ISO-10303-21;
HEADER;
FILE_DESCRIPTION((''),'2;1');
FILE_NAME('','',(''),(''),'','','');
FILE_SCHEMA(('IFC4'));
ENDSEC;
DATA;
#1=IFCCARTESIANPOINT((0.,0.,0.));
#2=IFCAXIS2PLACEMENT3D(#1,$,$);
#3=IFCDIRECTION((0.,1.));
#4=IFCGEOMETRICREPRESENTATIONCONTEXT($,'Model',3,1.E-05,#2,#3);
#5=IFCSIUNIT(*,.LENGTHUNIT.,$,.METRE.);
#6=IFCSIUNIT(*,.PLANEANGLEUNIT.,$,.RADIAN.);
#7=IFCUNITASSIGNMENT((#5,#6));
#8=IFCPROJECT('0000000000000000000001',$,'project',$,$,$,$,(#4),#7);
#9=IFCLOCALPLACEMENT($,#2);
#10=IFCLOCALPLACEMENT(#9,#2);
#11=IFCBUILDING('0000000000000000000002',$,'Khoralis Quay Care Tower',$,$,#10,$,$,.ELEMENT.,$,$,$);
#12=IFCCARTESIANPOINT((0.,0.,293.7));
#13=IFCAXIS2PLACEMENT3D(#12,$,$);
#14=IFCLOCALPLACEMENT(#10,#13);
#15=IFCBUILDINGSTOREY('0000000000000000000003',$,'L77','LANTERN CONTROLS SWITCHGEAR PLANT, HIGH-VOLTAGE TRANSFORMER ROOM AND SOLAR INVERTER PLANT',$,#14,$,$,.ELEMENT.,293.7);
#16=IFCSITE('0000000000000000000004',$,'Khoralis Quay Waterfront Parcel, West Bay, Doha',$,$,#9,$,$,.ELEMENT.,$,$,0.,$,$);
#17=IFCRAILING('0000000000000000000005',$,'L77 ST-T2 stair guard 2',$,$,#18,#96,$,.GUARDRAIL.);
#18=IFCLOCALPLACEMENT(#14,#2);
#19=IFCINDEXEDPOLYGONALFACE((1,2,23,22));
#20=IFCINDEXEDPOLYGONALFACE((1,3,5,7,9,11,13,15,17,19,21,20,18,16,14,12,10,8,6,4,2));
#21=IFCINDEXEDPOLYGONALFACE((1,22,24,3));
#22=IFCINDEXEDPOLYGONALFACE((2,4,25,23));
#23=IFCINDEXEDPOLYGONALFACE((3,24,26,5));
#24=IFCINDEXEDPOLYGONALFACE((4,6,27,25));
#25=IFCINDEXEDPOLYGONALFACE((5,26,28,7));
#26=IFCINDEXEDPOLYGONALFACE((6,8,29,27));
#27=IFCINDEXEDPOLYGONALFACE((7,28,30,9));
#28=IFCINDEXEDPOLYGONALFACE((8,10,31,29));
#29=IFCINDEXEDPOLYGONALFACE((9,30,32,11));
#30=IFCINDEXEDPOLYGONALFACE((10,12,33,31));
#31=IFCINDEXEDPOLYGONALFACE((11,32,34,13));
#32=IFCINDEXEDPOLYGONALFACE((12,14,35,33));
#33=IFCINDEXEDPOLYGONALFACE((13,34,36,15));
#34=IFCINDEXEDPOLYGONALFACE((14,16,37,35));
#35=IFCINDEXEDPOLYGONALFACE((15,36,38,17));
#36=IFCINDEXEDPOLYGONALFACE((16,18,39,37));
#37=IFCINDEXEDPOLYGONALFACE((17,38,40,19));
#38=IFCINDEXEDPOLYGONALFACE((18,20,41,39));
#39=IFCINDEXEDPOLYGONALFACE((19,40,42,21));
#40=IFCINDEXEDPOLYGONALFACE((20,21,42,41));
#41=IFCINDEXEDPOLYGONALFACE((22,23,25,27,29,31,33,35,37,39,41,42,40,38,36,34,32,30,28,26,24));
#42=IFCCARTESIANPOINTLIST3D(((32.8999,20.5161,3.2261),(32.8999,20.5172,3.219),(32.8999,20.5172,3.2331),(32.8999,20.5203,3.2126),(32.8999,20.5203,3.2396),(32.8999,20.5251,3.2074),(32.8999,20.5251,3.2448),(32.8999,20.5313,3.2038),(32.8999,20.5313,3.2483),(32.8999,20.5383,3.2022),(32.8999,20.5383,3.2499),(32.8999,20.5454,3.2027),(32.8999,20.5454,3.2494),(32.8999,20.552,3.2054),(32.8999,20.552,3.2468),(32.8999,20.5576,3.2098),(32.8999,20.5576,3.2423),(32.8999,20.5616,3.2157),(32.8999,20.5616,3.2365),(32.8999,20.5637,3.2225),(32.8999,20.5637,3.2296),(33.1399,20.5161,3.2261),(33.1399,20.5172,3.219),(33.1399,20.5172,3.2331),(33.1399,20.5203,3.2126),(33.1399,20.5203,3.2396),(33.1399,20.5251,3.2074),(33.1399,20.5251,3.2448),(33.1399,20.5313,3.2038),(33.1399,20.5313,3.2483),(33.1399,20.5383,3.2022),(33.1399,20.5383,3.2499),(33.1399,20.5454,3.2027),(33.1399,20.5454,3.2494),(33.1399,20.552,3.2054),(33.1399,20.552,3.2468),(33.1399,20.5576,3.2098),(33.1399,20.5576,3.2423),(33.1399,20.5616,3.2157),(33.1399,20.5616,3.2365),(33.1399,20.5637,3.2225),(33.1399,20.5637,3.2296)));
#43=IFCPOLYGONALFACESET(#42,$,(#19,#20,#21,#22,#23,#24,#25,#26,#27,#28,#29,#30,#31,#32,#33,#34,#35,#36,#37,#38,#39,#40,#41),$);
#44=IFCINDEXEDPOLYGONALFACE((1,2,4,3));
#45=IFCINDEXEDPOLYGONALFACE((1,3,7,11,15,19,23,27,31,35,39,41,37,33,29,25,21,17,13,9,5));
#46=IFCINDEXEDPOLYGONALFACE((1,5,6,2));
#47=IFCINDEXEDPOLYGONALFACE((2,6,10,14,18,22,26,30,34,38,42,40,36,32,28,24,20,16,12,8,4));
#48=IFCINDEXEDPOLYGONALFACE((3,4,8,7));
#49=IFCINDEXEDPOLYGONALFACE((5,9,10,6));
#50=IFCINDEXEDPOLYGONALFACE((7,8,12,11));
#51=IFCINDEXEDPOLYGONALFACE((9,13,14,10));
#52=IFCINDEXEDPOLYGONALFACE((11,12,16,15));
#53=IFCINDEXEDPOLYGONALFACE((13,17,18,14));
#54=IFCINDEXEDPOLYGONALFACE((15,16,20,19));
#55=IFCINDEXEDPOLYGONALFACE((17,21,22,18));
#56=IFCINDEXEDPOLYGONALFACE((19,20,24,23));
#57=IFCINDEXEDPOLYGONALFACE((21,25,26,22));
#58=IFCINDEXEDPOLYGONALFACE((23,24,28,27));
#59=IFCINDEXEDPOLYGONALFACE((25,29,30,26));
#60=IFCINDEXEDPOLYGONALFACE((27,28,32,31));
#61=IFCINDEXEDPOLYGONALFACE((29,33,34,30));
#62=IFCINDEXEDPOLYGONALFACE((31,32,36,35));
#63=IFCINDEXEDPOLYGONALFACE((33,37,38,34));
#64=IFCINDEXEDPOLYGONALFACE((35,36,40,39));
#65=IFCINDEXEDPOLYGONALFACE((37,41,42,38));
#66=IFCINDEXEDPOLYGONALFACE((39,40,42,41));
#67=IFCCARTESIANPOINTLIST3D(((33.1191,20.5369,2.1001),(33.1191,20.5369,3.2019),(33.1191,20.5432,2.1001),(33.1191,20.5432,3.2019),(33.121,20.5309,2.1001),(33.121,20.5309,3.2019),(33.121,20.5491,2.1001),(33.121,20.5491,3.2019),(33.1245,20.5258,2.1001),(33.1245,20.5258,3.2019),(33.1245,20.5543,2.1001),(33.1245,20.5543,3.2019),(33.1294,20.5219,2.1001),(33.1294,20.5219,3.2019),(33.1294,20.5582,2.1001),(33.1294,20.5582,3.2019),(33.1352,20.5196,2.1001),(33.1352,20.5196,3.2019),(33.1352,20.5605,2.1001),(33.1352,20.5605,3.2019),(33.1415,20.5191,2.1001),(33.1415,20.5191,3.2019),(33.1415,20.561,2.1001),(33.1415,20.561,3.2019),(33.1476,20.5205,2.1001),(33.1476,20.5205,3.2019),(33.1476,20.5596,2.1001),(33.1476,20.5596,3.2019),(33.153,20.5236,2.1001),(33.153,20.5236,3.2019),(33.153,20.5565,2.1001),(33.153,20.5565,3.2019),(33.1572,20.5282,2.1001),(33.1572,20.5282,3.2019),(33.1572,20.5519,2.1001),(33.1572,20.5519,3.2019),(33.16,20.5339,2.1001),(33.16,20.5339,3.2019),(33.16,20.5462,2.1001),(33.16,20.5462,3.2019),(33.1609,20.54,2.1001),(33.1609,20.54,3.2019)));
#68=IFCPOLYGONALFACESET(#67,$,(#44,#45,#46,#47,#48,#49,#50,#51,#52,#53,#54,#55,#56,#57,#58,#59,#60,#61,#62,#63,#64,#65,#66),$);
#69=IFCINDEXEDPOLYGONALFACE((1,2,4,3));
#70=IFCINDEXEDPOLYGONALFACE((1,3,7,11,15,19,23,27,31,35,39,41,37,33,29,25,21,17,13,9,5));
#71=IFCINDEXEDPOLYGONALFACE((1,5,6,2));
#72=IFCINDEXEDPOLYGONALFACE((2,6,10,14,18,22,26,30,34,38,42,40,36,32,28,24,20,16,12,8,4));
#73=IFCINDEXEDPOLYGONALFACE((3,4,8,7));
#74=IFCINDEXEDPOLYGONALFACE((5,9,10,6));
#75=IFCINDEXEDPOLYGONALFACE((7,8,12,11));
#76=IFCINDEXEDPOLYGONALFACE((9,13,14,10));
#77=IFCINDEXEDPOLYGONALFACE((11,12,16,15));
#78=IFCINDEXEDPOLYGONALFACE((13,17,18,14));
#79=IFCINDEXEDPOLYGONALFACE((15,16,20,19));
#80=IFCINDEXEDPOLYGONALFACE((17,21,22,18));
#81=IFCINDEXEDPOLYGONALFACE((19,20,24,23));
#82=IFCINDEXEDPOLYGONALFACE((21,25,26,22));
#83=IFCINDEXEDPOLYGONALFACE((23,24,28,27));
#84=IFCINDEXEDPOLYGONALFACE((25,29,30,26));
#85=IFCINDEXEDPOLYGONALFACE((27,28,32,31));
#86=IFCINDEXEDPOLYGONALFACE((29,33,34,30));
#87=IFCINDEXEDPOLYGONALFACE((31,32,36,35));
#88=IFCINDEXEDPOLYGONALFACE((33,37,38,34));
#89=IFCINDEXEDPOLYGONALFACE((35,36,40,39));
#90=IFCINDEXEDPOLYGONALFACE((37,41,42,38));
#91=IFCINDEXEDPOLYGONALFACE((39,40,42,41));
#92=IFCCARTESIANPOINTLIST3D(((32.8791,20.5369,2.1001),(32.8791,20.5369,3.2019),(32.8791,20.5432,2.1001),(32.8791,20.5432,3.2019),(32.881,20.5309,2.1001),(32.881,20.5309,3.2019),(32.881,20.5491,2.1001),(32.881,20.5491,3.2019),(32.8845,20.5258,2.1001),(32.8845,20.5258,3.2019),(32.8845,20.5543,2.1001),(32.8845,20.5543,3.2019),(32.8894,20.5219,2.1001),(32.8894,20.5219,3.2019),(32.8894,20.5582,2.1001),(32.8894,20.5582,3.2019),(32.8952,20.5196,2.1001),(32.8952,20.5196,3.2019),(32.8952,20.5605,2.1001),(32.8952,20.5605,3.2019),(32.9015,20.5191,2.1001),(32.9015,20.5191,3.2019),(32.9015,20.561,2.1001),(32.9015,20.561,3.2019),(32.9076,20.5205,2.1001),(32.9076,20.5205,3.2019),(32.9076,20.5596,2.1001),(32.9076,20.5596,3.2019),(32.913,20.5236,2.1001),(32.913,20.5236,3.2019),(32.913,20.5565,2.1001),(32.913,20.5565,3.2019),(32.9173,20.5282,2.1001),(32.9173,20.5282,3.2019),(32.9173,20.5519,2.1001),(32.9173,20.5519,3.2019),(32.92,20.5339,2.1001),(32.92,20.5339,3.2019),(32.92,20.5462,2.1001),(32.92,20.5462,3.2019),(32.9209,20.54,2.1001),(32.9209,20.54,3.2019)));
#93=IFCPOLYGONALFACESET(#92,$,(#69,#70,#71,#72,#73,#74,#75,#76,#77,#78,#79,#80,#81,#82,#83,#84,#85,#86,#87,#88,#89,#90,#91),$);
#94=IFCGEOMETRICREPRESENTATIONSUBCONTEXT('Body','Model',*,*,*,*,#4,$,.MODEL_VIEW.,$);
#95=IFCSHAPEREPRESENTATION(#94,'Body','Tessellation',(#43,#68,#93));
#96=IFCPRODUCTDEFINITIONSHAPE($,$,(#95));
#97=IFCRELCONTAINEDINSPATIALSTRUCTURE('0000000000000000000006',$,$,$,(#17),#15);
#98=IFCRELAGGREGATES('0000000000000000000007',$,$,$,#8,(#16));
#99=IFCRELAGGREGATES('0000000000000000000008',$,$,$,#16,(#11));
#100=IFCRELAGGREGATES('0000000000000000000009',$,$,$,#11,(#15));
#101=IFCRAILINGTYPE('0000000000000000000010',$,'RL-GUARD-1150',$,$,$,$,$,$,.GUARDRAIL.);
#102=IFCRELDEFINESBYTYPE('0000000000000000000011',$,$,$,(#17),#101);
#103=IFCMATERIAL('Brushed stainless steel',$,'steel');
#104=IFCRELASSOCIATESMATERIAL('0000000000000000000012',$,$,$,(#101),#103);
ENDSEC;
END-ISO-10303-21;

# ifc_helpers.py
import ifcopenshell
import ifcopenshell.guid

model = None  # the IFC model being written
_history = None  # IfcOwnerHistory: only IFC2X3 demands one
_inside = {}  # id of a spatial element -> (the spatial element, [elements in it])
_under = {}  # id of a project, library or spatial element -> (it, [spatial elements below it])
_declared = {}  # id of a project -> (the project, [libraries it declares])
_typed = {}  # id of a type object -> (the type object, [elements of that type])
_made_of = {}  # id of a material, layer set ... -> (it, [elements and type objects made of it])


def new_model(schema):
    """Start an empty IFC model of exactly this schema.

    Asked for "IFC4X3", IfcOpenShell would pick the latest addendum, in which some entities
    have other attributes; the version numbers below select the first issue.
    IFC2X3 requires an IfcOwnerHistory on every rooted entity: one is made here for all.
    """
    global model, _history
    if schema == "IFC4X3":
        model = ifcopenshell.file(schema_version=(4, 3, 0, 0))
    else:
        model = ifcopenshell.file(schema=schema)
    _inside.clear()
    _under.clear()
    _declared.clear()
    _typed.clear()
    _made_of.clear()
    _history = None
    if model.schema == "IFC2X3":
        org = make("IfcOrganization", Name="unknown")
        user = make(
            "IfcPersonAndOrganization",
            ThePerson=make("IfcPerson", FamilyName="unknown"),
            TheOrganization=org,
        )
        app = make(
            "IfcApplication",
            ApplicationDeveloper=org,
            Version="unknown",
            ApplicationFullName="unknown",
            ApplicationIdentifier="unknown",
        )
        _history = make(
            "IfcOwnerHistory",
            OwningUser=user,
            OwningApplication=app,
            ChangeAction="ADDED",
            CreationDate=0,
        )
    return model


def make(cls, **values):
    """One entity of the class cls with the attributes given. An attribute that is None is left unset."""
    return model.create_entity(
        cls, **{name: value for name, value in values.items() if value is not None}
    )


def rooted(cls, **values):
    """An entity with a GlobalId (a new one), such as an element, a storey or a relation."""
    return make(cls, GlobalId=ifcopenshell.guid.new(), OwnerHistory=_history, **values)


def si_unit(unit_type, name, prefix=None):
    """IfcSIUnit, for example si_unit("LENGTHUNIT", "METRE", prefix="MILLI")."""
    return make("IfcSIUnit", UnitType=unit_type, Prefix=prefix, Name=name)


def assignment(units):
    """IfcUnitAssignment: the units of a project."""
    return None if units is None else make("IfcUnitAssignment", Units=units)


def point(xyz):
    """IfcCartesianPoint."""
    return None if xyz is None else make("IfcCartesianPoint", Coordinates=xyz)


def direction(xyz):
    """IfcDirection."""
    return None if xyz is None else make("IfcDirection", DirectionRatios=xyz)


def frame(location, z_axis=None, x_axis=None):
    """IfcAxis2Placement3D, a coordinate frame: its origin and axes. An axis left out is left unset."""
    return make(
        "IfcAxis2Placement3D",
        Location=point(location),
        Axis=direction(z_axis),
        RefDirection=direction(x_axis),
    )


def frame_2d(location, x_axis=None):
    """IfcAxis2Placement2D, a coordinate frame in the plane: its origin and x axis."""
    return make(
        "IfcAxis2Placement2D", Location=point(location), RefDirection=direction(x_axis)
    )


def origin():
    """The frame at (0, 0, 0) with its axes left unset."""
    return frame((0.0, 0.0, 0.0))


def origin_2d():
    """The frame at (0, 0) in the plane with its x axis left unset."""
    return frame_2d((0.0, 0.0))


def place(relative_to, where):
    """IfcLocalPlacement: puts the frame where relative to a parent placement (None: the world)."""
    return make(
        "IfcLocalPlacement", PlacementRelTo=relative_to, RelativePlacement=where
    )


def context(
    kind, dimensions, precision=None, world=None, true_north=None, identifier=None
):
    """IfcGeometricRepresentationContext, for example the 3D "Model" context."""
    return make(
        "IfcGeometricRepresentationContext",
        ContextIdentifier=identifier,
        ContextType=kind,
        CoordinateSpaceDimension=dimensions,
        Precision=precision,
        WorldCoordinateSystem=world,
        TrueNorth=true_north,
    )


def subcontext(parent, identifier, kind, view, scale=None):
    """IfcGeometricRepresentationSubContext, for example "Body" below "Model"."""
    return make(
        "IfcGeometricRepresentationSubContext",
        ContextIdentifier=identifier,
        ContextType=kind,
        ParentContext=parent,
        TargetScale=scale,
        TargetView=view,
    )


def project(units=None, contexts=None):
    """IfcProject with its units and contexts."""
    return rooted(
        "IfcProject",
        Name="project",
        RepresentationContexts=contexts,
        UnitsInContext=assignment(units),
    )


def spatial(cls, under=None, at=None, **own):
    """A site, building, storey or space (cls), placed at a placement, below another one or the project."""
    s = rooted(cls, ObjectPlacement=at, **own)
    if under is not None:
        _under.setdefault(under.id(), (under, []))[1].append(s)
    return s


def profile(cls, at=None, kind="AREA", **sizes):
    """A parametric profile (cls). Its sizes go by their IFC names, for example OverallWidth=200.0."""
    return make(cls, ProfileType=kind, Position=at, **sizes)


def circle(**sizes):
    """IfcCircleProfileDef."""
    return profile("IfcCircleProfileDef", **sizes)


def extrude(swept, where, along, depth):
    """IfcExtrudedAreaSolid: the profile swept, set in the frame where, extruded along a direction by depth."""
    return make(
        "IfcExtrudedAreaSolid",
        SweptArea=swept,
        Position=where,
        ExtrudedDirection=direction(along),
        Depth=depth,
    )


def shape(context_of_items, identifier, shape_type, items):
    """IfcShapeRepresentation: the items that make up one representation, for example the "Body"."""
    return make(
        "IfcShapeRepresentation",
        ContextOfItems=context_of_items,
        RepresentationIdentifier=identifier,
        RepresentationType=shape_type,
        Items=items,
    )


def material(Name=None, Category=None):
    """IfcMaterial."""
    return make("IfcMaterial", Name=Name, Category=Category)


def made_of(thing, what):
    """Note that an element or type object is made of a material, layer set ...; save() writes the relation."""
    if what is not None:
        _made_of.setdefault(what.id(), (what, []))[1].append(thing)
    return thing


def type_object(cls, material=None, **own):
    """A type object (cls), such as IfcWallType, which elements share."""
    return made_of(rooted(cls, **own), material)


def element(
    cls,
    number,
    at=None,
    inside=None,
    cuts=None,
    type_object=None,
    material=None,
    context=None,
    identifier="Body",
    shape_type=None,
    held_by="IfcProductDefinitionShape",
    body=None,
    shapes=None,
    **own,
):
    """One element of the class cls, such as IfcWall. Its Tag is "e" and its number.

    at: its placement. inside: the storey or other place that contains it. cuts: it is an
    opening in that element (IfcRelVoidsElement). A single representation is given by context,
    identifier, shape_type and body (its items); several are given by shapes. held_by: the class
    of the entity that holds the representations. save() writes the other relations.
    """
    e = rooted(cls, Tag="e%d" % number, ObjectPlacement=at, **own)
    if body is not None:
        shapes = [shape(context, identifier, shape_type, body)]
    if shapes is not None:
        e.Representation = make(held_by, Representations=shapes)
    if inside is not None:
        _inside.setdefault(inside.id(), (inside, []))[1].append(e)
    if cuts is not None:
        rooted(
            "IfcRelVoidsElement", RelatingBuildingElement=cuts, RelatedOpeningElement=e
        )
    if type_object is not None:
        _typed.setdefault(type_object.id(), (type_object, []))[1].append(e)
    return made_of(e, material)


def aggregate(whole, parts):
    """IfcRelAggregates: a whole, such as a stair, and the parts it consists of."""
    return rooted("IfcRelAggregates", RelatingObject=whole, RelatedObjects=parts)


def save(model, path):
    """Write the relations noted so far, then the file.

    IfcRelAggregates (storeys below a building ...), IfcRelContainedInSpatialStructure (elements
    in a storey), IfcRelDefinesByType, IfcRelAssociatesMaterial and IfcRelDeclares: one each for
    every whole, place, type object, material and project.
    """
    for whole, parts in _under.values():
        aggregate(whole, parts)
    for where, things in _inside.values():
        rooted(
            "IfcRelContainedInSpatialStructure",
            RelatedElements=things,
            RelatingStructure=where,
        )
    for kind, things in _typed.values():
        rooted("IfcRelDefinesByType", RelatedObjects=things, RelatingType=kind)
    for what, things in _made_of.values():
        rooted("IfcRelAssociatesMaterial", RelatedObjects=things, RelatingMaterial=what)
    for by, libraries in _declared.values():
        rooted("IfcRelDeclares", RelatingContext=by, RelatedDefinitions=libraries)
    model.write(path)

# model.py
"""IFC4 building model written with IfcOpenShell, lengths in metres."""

from ifc_helpers import new_model, si_unit, direction, frame, origin, origin_2d, place, context, subcontext, project, spatial, circle, extrude, material, type_object, element, save


model = new_model("IFC4")

# Units and contexts
model_context = context("Model", 3, precision=1e-05, world=origin(), true_north=direction((0.0, 1.0)))
body_context = subcontext(model_context, "Body", "Model", "MODEL_VIEW")
ifc_project = project(units=[si_unit("LENGTHUNIT", "METRE"), si_unit("PLANEANGLEUNIT", "RADIAN")], contexts=[model_context])

# Site, building, storey
site_placement = place(None, origin())
site = spatial("IfcSite", under=ifc_project, at=site_placement, Name="Khoralis Quay Waterfront Parcel, West Bay, Doha", CompositionType="ELEMENT", RefElevation=0.0)
building_placement = place(site_placement, origin())
building = spatial("IfcBuilding", under=site, at=building_placement, Name="Khoralis Quay Care Tower", CompositionType="ELEMENT")
storey_placement = place(building_placement, frame((0.0, 0.0, 293.7)))
storey = spatial("IfcBuildingStorey", under=building, at=storey_placement, Name="L77", Description="LANTERN CONTROLS SWITCHGEAR PLANT, HIGH-VOLTAGE TRANSFORMER ROOM AND SOLAR INVERTER PLANT", CompositionType="ELEMENT", Elevation=293.7)

# Railing
ifc_material_1 = material(Name="Brushed stainless steel", Category="steel")
railing_type = type_object("IfcRailingType", Name="RL-GUARD-1150", PredefinedType="GUARDRAIL", material=ifc_material_1)
railing_1_placement = place(storey_placement, frame((33.1399, 20.54, 2.1001)))
element("IfcRailing", 1, at=railing_1_placement, inside=storey, type_object=railing_type, Name="L77 ST-T2 stair guard 2", PredefinedType="GUARDRAIL", context=body_context, shape_type="SweptSolid", body=[
    extrude(circle(Radius=0.0239, at=origin_2d()), frame((0.0, 0.0, 1.126), z_axis=(-1.0, 0.0, 0.0), x_axis=(0.0, -1.0, 0.0)), (0.0, 0.0, 1.0), 0.24),
    extrude(circle(Radius=0.021, at=origin_2d()), origin(), (0.0, 0.0, 1.0), 1.1018),
    extrude(circle(Radius=0.021, at=origin_2d()), frame((-0.24, 0.0, 0.0)), (0.0, 0.0, 1.0), 1.1018),
])

save(model, "model.ifc")
